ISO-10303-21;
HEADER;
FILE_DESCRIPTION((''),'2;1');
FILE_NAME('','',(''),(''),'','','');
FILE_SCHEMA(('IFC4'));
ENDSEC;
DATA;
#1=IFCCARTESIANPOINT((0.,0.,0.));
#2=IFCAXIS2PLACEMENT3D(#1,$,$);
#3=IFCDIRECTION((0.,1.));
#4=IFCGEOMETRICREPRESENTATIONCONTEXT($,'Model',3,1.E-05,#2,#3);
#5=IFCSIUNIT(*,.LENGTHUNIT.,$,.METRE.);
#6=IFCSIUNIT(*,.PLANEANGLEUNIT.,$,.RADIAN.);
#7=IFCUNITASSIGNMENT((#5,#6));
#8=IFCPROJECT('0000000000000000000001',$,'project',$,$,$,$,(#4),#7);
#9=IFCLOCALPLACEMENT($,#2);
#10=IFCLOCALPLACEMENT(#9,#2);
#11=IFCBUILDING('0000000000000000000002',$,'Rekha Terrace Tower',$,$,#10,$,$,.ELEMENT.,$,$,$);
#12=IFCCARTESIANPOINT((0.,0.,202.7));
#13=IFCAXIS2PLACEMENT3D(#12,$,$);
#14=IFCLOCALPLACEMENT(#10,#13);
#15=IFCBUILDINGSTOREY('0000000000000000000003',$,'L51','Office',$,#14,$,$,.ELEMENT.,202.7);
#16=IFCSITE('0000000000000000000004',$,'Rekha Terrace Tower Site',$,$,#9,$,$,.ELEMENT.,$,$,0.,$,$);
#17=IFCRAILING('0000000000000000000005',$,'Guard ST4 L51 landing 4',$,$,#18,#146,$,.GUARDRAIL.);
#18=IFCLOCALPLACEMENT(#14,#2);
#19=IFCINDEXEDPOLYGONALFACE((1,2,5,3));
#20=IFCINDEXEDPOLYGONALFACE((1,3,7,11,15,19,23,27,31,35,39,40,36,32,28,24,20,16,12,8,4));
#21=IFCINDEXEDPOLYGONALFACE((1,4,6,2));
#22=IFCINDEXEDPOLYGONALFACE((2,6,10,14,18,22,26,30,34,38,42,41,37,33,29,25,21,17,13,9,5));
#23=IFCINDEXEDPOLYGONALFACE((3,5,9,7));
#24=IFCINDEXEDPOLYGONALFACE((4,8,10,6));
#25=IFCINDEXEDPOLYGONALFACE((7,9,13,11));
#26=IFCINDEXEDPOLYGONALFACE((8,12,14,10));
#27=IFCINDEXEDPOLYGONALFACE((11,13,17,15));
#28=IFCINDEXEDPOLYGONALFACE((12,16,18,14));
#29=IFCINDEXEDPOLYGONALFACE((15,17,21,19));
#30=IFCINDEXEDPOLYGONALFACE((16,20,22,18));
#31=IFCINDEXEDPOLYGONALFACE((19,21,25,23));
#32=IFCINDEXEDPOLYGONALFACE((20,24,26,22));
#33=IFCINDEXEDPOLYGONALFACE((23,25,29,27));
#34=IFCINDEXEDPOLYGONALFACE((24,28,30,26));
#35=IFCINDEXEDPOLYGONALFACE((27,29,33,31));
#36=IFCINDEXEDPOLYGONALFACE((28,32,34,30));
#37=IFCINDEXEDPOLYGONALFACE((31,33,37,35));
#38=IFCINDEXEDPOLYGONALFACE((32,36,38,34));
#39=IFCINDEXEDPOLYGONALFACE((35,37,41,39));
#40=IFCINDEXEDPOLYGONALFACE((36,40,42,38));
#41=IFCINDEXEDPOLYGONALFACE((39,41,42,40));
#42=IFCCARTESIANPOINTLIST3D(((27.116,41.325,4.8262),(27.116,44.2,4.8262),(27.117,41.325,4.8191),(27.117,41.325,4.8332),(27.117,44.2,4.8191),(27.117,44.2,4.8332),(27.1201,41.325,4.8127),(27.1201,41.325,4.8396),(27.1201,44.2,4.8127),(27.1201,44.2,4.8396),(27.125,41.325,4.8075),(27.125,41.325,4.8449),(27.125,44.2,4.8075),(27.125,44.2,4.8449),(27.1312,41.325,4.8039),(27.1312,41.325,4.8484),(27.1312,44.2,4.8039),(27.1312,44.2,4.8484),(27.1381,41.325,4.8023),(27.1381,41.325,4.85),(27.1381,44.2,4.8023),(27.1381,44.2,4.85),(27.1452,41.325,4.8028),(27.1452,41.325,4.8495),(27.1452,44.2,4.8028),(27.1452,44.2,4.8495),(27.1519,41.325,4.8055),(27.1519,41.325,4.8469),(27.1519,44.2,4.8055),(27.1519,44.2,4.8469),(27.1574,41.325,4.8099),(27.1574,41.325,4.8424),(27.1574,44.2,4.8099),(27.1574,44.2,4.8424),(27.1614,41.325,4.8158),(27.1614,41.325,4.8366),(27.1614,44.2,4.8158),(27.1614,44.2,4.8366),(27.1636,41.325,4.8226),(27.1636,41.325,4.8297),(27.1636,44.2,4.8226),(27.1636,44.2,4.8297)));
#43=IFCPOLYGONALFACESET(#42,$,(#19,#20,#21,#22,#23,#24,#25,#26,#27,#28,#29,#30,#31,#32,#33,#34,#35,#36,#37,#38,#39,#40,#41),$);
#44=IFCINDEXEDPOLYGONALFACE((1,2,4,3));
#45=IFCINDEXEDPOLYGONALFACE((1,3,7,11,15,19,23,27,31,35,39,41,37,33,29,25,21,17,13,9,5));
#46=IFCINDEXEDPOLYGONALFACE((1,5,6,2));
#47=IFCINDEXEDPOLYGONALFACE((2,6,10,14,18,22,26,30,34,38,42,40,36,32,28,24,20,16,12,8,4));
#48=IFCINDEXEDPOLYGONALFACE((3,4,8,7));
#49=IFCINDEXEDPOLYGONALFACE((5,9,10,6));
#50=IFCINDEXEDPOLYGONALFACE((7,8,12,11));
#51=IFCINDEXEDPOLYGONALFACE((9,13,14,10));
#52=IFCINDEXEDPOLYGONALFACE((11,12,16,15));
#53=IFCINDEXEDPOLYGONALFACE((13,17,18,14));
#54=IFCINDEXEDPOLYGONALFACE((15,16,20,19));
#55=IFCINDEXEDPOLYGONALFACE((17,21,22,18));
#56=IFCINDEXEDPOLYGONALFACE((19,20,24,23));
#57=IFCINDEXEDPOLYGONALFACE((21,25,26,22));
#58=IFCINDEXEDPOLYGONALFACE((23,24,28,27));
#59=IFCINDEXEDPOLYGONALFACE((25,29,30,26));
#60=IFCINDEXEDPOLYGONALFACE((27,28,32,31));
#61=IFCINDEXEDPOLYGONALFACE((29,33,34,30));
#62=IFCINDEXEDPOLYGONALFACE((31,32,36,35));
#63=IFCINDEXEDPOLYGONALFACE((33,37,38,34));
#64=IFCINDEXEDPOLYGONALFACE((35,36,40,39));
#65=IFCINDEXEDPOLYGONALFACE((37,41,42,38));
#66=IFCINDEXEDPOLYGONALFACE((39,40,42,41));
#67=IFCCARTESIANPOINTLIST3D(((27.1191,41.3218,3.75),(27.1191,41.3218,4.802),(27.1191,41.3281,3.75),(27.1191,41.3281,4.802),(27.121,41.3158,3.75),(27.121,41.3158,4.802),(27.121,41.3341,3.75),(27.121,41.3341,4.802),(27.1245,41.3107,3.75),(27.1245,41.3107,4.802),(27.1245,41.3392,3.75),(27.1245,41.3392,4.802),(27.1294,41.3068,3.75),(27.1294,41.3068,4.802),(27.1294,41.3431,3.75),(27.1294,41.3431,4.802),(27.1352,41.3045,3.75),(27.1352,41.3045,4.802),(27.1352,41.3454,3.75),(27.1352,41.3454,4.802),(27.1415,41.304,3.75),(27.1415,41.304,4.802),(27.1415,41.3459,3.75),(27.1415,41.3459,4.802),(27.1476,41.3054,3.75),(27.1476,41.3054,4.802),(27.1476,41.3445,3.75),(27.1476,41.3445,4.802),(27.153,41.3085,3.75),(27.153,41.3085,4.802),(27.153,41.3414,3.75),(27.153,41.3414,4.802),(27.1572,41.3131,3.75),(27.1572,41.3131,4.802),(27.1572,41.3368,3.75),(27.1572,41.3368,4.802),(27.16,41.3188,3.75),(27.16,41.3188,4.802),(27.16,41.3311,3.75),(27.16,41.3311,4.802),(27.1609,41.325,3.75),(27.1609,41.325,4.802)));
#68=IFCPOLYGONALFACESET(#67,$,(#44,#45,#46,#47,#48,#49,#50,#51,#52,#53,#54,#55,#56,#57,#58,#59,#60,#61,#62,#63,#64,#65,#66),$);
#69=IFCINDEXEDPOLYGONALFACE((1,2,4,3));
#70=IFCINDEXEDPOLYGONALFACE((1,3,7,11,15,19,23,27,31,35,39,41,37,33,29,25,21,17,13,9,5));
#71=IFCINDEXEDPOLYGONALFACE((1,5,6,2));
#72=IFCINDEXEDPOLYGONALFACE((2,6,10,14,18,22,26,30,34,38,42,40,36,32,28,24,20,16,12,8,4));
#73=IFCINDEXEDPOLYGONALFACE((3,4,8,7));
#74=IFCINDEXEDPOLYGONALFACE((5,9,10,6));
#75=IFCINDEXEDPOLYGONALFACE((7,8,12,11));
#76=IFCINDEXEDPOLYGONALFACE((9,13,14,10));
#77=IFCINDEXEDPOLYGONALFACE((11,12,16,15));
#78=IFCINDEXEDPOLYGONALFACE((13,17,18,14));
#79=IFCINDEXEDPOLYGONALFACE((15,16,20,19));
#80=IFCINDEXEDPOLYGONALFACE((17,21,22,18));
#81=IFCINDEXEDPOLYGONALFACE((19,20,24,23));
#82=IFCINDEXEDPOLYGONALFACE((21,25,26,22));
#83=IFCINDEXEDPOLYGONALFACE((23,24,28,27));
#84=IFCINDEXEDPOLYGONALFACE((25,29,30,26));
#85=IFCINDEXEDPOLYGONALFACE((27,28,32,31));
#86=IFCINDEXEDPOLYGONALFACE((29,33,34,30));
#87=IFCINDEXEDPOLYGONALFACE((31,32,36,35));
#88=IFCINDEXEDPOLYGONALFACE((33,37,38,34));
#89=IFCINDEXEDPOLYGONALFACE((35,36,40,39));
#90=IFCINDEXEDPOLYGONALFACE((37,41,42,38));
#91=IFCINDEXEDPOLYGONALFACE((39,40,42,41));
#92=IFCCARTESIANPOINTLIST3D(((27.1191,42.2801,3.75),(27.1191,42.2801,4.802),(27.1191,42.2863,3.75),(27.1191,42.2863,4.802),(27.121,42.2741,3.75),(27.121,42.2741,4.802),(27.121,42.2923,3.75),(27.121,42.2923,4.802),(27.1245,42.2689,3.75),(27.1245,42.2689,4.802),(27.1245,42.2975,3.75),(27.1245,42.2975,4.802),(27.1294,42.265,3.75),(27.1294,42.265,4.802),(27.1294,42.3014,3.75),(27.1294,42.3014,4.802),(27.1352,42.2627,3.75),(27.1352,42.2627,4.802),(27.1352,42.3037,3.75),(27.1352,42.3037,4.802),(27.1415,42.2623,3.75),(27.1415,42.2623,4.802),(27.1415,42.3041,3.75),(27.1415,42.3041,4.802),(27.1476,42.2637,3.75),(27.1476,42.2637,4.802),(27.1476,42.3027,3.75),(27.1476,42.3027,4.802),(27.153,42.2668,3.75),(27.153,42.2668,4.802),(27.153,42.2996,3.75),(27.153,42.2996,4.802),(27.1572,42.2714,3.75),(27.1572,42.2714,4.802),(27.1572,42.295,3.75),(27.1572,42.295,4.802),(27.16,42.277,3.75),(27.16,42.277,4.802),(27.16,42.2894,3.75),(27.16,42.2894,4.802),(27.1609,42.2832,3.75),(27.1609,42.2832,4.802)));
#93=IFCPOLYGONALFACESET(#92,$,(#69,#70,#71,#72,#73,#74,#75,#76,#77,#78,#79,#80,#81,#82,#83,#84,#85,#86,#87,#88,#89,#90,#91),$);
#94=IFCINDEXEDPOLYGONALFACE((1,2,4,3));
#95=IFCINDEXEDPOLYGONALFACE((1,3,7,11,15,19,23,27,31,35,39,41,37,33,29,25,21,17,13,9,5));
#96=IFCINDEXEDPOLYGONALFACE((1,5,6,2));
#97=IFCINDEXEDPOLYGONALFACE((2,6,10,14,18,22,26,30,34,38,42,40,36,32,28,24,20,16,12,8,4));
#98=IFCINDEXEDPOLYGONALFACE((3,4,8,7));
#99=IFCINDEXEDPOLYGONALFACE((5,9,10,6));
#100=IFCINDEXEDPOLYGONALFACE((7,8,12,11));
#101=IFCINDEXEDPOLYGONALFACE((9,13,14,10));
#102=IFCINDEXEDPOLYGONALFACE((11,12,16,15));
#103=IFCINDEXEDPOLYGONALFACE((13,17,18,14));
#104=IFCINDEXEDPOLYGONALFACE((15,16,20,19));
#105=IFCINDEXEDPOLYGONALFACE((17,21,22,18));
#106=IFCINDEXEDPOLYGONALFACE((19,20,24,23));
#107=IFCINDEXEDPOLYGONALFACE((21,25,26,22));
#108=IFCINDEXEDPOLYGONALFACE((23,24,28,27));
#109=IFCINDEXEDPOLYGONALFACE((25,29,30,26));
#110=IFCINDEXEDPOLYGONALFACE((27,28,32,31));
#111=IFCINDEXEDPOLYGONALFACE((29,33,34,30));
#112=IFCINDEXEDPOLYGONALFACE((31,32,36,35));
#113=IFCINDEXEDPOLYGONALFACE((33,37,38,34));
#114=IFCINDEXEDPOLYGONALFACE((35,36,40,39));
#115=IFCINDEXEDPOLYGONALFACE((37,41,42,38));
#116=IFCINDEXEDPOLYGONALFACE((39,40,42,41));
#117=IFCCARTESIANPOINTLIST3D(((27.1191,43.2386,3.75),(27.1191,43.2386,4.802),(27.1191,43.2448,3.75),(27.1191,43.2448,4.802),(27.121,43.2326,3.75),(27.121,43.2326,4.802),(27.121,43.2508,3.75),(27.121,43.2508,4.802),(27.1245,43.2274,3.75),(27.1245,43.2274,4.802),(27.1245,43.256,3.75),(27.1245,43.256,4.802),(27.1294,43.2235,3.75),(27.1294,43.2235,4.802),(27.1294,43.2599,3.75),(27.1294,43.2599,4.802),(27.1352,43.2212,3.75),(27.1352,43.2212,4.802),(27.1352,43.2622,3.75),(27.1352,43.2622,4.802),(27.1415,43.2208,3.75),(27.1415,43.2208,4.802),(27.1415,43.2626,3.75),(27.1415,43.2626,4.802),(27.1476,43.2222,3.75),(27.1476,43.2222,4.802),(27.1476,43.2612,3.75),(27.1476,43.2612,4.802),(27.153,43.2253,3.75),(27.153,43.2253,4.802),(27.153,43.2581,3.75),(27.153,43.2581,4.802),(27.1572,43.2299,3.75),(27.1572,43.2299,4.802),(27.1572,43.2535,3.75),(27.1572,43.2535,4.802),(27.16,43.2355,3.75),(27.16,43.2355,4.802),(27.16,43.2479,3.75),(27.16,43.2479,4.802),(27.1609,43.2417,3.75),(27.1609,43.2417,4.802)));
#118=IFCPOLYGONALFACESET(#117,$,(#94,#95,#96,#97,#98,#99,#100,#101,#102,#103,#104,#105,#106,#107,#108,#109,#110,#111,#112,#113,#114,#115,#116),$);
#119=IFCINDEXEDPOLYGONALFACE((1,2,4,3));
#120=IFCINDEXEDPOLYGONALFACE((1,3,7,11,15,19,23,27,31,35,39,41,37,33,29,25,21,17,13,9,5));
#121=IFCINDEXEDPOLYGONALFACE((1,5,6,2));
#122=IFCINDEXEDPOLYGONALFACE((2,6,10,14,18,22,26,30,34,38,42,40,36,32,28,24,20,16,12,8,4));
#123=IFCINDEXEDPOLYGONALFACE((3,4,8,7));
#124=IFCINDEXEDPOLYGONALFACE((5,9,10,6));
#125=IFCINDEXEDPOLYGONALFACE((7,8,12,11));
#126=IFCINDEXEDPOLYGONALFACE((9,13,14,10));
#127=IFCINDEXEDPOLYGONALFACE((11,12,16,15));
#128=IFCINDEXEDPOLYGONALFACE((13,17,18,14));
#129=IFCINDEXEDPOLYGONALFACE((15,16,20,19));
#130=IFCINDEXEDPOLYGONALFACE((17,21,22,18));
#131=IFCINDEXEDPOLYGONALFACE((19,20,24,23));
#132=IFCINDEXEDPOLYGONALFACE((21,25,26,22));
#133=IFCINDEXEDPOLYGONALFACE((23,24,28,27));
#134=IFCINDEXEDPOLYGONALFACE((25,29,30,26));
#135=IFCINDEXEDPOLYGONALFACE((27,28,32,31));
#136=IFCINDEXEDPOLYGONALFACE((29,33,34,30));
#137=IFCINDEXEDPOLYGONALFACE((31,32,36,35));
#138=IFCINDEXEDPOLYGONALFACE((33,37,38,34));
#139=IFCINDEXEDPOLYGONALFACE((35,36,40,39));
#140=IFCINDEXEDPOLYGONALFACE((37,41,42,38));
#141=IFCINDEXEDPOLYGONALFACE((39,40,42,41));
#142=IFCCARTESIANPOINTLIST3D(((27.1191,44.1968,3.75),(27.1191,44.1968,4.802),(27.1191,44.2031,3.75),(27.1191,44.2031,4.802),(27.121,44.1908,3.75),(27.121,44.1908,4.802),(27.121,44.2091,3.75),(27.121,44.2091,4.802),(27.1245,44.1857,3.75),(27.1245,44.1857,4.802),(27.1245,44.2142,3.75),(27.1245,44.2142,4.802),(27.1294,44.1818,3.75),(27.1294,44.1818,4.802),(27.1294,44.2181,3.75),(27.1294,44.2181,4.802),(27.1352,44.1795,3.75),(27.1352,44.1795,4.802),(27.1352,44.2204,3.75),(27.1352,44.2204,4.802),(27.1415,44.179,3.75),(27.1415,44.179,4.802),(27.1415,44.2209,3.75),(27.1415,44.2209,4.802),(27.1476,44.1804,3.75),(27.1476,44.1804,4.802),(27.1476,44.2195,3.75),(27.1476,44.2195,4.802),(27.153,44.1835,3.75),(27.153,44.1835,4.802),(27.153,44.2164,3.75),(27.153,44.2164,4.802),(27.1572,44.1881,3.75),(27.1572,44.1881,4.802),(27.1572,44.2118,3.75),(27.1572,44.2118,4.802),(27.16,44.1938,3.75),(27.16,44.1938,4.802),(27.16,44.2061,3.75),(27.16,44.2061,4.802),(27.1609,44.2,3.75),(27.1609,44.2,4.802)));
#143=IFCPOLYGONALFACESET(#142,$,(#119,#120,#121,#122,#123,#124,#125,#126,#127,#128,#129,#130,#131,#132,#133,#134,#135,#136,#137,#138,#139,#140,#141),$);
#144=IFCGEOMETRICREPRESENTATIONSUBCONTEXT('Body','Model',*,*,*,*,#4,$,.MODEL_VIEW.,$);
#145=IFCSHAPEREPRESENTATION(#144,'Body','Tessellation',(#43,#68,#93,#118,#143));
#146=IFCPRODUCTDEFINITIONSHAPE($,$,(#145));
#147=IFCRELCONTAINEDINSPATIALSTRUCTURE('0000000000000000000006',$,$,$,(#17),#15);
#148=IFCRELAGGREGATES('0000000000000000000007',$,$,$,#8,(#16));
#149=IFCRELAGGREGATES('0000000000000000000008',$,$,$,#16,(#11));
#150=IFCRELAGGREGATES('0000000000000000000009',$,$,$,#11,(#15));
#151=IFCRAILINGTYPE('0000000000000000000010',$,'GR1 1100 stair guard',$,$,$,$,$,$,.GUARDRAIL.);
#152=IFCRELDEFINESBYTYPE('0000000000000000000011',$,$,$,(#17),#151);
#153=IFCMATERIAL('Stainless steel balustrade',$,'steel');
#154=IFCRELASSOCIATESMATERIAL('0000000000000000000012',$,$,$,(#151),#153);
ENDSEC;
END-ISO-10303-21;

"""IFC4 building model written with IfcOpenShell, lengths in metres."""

from ifc_helpers import new_model, si_unit, direction, frame, origin, origin_2d, place, context, subcontext, project, spatial, circle, extrude, material, type_object, element, save


model = new_model("IFC4")

# Units and contexts
model_context = context("Model", 3, precision=1e-05, world=origin(), true_north=direction((0.0, 1.0)))
body_context = subcontext(model_context, "Body", "Model", "MODEL_VIEW")
ifc_project = project(units=[si_unit("LENGTHUNIT", "METRE"), si_unit("PLANEANGLEUNIT", "RADIAN")], contexts=[model_context])

# Site, building, storey
site_placement = place(None, origin())
site = spatial("IfcSite", under=ifc_project, at=site_placement, Name="Rekha Terrace Tower Site", CompositionType="ELEMENT", RefElevation=0.0)
building_placement = place(site_placement, origin())
building = spatial("IfcBuilding", under=site, at=building_placement, Name="Rekha Terrace Tower", CompositionType="ELEMENT")
storey_placement = place(building_placement, frame((0.0, 0.0, 202.7)))
storey = spatial("IfcBuildingStorey", under=building, at=storey_placement, Name="L51", Description="Office", CompositionType="ELEMENT", Elevation=202.7)

# Railing
ifc_material_1 = material(Name="Stainless steel balustrade", Category="steel")
railing_type_1 = type_object("IfcRailingType", Name="GR1 1100 stair guard", PredefinedType="GUARDRAIL", material=ifc_material_1)
railing_1_placement = place(storey_placement, frame((27.1399, 41.325, 3.75)))
element("IfcRailing", 1, at=railing_1_placement, inside=storey, type_object=railing_type_1, Name="Guard ST4 L51 landing 4", PredefinedType="GUARDRAIL", context=body_context, shape_type="SweptSolid", body=[
    extrude(circle(Radius=0.0239, at=origin_2d()), frame((0.0, 0.0, 1.0762), z_axis=(0.0, 1.0, 0.0), x_axis=(-1.0, 0.0, 0.0)), (0.0, 0.0, 1.0), 2.875),
    extrude(circle(Radius=0.021, at=origin_2d()), origin(), (0.0, 0.0, 1.0), 1.052),
    extrude(circle(Radius=0.021, at=origin_2d()), frame((0.0, 0.9583, 0.0)), (0.0, 0.0, 1.0), 1.052),
    extrude(circle(Radius=0.021, at=origin_2d()), frame((0.0, 1.9167, 0.0)), (0.0, 0.0, 1.0), 1.052),
    extrude(circle(Radius=0.021, at=origin_2d()), frame((0.0, 2.875, 0.0)), (0.0, 0.0, 1.0), 1.052),
])

save(model, "model.ifc")
